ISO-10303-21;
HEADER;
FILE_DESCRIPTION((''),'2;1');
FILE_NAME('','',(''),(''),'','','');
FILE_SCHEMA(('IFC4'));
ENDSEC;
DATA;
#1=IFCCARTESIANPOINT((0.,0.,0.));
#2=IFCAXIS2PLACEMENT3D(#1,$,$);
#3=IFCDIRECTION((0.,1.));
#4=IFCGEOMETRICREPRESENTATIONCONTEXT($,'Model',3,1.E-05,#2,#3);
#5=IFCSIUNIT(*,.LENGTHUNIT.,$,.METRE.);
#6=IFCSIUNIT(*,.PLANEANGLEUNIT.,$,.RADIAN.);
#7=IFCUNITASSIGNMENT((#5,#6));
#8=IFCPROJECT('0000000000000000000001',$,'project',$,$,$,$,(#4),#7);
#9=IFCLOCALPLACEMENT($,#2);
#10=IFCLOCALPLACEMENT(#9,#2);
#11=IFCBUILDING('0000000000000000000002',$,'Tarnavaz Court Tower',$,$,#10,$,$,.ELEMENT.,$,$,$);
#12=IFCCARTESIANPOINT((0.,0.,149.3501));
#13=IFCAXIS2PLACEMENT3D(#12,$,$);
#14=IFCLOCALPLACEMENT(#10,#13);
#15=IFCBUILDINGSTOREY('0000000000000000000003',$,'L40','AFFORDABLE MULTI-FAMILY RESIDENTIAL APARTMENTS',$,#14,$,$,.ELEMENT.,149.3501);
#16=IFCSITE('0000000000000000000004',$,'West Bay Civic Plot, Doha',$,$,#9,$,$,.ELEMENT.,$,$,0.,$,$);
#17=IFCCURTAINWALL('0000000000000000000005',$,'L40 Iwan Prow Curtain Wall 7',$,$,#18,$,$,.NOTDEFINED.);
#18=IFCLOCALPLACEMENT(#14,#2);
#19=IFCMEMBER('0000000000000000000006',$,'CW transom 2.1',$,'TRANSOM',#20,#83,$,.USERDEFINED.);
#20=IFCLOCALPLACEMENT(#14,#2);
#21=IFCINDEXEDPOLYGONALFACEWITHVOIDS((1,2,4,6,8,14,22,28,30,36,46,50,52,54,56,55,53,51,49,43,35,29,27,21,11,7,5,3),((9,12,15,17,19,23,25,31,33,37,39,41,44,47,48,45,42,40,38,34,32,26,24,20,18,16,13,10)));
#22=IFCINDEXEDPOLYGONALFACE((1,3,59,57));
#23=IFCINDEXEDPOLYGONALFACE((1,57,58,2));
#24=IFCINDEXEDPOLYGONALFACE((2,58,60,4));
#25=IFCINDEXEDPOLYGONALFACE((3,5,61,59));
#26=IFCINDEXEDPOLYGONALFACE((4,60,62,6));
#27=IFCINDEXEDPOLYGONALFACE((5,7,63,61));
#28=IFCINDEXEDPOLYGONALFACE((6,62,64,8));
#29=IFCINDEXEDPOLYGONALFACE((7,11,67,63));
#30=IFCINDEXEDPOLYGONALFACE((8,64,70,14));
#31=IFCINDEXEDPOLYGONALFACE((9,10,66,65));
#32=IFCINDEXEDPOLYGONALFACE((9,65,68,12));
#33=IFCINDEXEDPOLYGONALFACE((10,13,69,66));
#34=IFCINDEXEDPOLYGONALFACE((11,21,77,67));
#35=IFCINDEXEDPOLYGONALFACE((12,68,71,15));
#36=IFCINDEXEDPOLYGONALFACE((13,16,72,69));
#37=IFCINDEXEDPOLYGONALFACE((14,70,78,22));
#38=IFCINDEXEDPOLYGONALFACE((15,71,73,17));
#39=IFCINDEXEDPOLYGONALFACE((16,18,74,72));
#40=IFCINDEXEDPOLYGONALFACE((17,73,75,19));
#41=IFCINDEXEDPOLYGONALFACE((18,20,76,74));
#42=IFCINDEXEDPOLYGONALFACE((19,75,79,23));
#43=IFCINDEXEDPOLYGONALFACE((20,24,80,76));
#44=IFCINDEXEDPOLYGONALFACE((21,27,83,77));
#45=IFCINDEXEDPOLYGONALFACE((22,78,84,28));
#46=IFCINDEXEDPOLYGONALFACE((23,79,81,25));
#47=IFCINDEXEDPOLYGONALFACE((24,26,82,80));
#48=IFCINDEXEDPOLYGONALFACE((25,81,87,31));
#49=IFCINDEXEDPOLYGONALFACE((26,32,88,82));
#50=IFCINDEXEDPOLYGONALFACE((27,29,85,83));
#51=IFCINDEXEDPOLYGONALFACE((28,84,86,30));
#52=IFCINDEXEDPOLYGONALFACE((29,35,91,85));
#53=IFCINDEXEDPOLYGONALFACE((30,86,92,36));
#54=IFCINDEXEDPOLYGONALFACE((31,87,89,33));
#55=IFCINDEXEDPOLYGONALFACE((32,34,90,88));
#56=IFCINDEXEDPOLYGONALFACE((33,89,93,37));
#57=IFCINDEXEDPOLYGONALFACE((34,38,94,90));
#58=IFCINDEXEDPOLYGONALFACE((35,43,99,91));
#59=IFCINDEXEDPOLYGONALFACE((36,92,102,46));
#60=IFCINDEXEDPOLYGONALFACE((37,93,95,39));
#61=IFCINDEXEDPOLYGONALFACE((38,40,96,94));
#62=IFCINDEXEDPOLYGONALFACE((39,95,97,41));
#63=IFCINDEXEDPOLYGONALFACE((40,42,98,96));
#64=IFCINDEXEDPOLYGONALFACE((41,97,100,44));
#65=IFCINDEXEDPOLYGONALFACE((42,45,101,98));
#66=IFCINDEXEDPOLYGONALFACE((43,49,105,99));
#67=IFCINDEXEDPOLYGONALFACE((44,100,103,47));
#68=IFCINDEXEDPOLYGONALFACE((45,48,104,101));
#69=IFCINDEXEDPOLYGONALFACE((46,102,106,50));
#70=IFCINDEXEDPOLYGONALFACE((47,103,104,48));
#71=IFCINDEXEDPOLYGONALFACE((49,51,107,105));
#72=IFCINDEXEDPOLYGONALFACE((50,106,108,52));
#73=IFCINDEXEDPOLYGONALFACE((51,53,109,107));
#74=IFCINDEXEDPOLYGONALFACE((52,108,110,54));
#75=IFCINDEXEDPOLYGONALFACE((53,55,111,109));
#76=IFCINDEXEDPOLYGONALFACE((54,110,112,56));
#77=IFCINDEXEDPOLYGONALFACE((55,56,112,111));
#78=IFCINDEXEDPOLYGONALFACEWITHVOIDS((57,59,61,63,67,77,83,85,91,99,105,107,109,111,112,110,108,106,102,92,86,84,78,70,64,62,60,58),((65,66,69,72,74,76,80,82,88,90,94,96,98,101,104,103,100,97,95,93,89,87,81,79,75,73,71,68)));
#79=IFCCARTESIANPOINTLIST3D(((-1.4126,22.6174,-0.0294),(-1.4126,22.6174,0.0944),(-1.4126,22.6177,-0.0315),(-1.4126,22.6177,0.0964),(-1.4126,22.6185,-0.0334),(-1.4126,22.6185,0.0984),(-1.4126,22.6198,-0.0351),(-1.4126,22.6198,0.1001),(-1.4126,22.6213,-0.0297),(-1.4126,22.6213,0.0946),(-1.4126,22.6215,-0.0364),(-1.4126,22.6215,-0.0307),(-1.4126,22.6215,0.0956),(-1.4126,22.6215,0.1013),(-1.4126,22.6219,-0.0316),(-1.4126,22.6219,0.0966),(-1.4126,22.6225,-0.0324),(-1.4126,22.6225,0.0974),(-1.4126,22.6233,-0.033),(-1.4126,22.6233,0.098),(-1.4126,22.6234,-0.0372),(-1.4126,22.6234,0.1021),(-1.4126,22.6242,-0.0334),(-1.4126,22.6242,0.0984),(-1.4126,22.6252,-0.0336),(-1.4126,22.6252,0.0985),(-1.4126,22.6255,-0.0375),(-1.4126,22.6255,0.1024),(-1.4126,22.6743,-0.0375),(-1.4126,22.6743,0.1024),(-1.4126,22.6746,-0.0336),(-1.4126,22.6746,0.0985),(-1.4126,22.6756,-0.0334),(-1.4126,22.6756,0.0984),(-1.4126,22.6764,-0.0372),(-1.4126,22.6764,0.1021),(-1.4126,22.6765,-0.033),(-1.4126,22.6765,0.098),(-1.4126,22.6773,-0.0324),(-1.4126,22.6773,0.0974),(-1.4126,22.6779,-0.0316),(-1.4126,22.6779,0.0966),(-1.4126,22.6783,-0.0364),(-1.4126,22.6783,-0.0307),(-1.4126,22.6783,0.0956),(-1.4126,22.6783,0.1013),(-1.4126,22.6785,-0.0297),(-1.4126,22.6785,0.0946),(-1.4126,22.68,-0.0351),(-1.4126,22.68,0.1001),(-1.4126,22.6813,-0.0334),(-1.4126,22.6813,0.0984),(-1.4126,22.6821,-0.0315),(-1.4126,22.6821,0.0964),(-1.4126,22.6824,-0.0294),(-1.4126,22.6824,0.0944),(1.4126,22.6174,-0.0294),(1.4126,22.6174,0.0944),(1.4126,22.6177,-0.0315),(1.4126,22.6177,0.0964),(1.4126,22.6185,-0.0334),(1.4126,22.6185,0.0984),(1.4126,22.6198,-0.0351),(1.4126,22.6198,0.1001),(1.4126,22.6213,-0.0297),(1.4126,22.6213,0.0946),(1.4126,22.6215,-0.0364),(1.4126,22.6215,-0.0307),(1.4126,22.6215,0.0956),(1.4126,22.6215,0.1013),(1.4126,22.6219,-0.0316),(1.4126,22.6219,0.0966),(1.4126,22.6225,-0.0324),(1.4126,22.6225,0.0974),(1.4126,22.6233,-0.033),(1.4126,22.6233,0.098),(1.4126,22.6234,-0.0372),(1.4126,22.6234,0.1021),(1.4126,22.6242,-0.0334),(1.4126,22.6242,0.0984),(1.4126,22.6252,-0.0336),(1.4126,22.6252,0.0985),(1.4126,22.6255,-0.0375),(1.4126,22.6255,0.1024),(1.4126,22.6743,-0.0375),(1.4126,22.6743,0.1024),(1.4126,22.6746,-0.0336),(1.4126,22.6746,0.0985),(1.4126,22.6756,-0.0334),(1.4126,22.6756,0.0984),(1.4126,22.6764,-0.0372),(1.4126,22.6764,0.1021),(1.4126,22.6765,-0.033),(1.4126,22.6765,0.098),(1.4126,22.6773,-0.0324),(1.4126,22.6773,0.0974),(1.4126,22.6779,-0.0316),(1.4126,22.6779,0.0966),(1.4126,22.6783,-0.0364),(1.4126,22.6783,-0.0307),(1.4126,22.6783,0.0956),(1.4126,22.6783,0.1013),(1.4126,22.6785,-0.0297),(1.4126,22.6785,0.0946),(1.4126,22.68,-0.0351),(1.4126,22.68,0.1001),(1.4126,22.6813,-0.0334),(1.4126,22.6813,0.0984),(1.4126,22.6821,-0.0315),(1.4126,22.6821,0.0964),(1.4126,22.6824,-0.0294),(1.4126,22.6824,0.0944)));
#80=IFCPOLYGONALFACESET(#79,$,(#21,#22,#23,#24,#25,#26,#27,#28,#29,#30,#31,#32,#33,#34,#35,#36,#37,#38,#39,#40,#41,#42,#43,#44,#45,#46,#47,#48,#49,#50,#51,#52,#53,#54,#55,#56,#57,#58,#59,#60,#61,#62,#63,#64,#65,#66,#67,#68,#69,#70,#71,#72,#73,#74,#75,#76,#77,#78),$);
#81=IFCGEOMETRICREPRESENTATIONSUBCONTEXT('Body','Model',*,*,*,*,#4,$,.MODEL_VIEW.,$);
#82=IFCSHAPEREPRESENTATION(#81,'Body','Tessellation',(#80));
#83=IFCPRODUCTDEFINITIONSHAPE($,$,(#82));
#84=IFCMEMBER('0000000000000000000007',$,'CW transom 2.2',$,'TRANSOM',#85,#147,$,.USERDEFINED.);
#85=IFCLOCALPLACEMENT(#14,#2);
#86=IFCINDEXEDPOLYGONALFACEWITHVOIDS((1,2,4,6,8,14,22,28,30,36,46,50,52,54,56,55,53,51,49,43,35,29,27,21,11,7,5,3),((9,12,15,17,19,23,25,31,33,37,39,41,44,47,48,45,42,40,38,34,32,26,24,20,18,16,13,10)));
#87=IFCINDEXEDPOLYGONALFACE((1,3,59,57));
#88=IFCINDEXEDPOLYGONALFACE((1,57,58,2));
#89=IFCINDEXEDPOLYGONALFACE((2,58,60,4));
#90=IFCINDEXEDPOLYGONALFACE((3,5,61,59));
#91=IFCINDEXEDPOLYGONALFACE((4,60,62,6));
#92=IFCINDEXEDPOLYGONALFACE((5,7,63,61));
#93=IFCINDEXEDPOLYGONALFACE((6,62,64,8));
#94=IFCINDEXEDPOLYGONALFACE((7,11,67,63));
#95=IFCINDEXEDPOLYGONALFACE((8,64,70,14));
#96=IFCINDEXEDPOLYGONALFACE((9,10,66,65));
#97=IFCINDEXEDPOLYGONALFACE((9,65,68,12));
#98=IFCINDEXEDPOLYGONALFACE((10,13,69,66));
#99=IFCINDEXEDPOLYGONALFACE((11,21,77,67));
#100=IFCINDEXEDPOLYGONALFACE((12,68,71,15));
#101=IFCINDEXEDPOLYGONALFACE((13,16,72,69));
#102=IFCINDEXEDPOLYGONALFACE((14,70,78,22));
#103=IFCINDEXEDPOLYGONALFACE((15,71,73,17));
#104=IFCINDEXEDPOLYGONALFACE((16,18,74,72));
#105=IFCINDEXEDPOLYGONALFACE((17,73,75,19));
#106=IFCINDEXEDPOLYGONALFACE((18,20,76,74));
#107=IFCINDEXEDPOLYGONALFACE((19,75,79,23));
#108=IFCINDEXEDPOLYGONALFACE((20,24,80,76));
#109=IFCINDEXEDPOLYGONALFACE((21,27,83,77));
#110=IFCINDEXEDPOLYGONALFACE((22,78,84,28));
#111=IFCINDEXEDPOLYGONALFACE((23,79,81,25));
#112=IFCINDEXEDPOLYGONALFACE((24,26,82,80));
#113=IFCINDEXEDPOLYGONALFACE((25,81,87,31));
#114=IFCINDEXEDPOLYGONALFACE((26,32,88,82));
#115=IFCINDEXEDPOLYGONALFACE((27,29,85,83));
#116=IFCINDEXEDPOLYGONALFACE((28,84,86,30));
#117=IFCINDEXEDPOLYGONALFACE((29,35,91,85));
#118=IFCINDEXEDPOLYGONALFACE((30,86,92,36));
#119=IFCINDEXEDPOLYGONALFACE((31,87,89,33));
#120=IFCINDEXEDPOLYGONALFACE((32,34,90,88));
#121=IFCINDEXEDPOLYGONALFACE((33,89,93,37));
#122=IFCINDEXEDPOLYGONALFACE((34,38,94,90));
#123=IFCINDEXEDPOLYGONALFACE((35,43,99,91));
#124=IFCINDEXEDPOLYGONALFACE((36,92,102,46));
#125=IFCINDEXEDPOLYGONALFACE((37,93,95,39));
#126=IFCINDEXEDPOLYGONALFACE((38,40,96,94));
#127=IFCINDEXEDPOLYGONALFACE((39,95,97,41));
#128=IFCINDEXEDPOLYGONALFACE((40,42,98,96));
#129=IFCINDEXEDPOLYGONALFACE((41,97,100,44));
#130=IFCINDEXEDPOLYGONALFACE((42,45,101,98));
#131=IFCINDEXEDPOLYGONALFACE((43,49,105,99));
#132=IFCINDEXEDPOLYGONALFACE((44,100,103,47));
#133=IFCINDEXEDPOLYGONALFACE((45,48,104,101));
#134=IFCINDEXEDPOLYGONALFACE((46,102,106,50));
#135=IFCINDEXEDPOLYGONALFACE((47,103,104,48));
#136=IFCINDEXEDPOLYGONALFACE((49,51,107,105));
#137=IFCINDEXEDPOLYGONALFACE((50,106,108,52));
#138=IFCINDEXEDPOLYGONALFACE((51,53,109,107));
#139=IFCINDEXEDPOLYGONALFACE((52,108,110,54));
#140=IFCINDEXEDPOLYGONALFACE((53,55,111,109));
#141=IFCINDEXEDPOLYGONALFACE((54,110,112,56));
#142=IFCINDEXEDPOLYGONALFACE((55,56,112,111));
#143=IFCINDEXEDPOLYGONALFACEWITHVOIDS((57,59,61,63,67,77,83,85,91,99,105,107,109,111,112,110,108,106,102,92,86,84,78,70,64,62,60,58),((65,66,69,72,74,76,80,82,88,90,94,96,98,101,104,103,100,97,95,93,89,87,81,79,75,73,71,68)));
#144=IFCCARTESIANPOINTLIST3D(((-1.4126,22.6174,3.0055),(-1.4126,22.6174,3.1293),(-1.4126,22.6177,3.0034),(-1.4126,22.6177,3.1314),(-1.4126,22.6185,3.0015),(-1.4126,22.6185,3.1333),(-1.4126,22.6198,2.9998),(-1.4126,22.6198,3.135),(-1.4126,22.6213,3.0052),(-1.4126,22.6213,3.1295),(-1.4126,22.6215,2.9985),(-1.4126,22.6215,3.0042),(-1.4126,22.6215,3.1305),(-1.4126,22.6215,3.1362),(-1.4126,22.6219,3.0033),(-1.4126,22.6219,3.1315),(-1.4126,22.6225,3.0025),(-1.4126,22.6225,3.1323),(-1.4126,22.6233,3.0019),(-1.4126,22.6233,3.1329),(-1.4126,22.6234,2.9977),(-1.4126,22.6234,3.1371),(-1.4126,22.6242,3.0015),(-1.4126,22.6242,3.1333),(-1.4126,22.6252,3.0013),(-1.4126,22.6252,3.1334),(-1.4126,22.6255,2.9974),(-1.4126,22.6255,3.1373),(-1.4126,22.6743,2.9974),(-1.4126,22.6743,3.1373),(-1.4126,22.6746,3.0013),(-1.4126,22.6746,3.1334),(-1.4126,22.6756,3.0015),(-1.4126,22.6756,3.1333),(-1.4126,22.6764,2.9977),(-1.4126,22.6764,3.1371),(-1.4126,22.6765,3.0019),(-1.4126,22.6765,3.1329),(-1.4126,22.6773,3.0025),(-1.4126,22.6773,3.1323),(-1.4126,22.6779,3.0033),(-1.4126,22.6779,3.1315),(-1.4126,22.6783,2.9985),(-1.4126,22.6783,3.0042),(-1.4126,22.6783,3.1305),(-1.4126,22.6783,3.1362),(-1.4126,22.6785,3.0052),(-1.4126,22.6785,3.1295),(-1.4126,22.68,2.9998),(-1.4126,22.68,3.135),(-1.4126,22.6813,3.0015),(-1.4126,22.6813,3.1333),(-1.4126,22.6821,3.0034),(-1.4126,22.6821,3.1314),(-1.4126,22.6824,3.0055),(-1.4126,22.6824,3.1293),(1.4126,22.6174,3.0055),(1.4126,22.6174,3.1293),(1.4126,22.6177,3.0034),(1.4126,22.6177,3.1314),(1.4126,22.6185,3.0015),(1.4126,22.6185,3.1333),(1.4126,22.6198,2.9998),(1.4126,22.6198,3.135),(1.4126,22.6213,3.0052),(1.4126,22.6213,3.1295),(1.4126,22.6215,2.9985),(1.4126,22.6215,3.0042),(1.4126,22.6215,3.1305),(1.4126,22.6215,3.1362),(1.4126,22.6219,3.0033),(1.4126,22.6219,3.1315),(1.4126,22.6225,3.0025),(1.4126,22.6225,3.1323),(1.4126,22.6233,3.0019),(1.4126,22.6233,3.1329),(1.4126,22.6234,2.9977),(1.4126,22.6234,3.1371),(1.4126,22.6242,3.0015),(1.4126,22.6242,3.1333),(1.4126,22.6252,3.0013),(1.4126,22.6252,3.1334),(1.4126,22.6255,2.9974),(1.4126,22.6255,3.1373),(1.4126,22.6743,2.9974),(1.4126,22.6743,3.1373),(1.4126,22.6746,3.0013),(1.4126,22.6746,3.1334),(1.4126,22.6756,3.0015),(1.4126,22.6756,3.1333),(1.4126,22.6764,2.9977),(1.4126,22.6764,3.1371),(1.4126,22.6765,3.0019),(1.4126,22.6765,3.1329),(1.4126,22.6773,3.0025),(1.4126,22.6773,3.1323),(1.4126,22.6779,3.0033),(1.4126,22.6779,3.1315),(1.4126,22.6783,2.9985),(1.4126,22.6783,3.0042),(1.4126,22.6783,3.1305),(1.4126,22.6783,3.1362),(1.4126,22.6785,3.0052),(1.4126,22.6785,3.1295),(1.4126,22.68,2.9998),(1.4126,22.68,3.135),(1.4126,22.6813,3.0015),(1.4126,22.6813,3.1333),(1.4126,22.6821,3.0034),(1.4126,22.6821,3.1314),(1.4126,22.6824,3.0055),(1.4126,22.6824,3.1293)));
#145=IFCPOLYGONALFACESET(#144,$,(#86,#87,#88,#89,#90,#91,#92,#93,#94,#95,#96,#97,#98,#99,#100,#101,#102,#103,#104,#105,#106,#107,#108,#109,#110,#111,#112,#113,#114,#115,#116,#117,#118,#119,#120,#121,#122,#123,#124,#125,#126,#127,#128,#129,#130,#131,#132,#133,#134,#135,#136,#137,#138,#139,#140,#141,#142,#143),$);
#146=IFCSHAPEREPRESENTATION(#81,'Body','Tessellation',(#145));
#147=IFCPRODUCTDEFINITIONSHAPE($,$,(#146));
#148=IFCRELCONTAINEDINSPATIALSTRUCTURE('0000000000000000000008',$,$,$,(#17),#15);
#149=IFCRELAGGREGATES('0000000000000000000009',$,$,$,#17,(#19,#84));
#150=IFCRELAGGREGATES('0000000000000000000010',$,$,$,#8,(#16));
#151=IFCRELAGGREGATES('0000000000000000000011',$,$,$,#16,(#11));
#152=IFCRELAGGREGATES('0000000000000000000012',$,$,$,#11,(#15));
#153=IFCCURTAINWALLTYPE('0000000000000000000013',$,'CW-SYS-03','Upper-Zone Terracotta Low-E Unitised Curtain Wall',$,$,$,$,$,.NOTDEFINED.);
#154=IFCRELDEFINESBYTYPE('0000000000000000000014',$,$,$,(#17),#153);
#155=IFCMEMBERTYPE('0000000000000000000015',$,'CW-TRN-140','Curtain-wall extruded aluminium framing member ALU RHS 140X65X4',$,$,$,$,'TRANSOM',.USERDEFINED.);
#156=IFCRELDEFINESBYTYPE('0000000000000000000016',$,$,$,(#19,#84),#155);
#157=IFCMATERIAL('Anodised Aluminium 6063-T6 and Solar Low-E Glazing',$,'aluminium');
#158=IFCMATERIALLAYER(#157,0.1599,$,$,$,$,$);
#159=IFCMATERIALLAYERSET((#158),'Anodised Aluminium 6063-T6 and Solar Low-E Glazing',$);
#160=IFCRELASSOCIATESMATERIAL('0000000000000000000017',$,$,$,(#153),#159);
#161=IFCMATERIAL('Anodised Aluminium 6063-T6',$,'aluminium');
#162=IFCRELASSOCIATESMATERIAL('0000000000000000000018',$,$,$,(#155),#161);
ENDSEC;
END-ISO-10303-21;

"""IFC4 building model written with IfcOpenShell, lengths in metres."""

from ifc_helpers import new_model, si_unit, direction, frame, origin, origin_2d, place, context, subcontext, project, spatial, hollow_rectangle, extrude, material, layer, layer_set, material_profile, profile_set, type_object, element, aggregate, save


model = new_model("IFC4")

# Units and contexts
model_context = context("Model", 3, precision=1e-05, world=origin(), true_north=direction((0.0, 1.0)))
body_context = subcontext(model_context, "Body", "Model", "MODEL_VIEW")
ifc_project = project(units=[si_unit("LENGTHUNIT", "METRE"), si_unit("PLANEANGLEUNIT", "RADIAN")], contexts=[model_context])

# Site, building, storey
site_placement = place(None, origin())
site = spatial("IfcSite", under=ifc_project, at=site_placement, Name="West Bay Civic Plot, Doha", CompositionType="ELEMENT", RefElevation=0.0)
building_placement = place(site_placement, origin())
building = spatial("IfcBuilding", under=site, at=building_placement, Name="Tarnavaz Court Tower", CompositionType="ELEMENT")
storey_placement = place(building_placement, frame((0.0, 0.0, 149.3501)))
storey = spatial("IfcBuildingStorey", under=building, at=storey_placement, Name="L40", Description="AFFORDABLE MULTI-FAMILY RESIDENTIAL APARTMENTS", CompositionType="ELEMENT", Elevation=149.3501)

# Curtain wall, members
ifc_material_1 = material(Name="Anodised Aluminium 6063-T6 and Solar Low-E Glazing", Category="aluminium")
ifc_layer_1 = layer(ifc_material_1, 0.1599)
ifc_layer_set_1 = layer_set([ifc_layer_1], Name="Anodised Aluminium 6063-T6 and Solar Low-E Glazing")
curtain_wall_type = type_object("IfcCurtainWallType", Name="CW-SYS-03", Description="Upper-Zone Terracotta Low-E Unitised Curtain Wall", PredefinedType="NOTDEFINED", material=ifc_layer_set_1)
curtain_wall_placement = place(storey_placement, origin())
curtain_wall = element("IfcCurtainWall", 1, at=curtain_wall_placement, inside=storey, type_object=curtain_wall_type, Name="L40 Iwan Prow Curtain Wall 7", PredefinedType="NOTDEFINED")
ifc_material_2 = material(Name="Anodised Aluminium 6063-T6", Category="aluminium")
ifc_material_profile_1 = material_profile(ifc_material_2, hollow_rectangle(XDim=0.0649, YDim=0.1399, WallThickness=0.0039, InnerFilletRadius=0.0039, OuterFilletRadius=0.0081, at=origin_2d()), Name="ALU RHS 140X65X4")
ifc_profile_set_1 = profile_set([ifc_material_profile_1], Name="Anodised Aluminium 6063-T6")
member_type_1 = type_object("IfcMemberType", Name="CW-TRN-140", Description="Curtain-wall extruded aluminium framing member ALU RHS 140X65X4", ElementType="TRANSOM", PredefinedType="USERDEFINED", material=ifc_profile_set_1)
member_1_placement = place(storey_placement, frame((-1.4126, 22.6499, 0.0325), z_axis=(1.0, 0.0, 0.0), x_axis=(0.0, 1.0, 0.0)))
member_1 = element("IfcMember", 2, at=member_1_placement, type_object=member_type_1, Name="CW transom 2.1", ObjectType="TRANSOM", PredefinedType="USERDEFINED", context=body_context, shape_type="SweptSolid", body=[
    extrude(hollow_rectangle(XDim=0.0649, YDim=0.1399, WallThickness=0.0039, InnerFilletRadius=0.0039, OuterFilletRadius=0.0081, at=origin_2d()), origin(), (0.0, 0.0, 1.0), 2.8252),
])
member_2_placement = place(storey_placement, frame((-1.4126, 22.6499, 3.0674), z_axis=(1.0, 0.0, 0.0), x_axis=(0.0, 1.0, 0.0)))
member_2 = element("IfcMember", 3, at=member_2_placement, type_object=member_type_1, Name="CW transom 2.2", ObjectType="TRANSOM", PredefinedType="USERDEFINED", context=body_context, shape_type="SweptSolid", body=[
    extrude(hollow_rectangle(XDim=0.0649, YDim=0.1399, WallThickness=0.0039, InnerFilletRadius=0.0039, OuterFilletRadius=0.0081, at=origin_2d()), origin(), (0.0, 0.0, 1.0), 2.8252),
])
aggregate(curtain_wall, [member_1, member_2])

save(model, "model.ifc")
